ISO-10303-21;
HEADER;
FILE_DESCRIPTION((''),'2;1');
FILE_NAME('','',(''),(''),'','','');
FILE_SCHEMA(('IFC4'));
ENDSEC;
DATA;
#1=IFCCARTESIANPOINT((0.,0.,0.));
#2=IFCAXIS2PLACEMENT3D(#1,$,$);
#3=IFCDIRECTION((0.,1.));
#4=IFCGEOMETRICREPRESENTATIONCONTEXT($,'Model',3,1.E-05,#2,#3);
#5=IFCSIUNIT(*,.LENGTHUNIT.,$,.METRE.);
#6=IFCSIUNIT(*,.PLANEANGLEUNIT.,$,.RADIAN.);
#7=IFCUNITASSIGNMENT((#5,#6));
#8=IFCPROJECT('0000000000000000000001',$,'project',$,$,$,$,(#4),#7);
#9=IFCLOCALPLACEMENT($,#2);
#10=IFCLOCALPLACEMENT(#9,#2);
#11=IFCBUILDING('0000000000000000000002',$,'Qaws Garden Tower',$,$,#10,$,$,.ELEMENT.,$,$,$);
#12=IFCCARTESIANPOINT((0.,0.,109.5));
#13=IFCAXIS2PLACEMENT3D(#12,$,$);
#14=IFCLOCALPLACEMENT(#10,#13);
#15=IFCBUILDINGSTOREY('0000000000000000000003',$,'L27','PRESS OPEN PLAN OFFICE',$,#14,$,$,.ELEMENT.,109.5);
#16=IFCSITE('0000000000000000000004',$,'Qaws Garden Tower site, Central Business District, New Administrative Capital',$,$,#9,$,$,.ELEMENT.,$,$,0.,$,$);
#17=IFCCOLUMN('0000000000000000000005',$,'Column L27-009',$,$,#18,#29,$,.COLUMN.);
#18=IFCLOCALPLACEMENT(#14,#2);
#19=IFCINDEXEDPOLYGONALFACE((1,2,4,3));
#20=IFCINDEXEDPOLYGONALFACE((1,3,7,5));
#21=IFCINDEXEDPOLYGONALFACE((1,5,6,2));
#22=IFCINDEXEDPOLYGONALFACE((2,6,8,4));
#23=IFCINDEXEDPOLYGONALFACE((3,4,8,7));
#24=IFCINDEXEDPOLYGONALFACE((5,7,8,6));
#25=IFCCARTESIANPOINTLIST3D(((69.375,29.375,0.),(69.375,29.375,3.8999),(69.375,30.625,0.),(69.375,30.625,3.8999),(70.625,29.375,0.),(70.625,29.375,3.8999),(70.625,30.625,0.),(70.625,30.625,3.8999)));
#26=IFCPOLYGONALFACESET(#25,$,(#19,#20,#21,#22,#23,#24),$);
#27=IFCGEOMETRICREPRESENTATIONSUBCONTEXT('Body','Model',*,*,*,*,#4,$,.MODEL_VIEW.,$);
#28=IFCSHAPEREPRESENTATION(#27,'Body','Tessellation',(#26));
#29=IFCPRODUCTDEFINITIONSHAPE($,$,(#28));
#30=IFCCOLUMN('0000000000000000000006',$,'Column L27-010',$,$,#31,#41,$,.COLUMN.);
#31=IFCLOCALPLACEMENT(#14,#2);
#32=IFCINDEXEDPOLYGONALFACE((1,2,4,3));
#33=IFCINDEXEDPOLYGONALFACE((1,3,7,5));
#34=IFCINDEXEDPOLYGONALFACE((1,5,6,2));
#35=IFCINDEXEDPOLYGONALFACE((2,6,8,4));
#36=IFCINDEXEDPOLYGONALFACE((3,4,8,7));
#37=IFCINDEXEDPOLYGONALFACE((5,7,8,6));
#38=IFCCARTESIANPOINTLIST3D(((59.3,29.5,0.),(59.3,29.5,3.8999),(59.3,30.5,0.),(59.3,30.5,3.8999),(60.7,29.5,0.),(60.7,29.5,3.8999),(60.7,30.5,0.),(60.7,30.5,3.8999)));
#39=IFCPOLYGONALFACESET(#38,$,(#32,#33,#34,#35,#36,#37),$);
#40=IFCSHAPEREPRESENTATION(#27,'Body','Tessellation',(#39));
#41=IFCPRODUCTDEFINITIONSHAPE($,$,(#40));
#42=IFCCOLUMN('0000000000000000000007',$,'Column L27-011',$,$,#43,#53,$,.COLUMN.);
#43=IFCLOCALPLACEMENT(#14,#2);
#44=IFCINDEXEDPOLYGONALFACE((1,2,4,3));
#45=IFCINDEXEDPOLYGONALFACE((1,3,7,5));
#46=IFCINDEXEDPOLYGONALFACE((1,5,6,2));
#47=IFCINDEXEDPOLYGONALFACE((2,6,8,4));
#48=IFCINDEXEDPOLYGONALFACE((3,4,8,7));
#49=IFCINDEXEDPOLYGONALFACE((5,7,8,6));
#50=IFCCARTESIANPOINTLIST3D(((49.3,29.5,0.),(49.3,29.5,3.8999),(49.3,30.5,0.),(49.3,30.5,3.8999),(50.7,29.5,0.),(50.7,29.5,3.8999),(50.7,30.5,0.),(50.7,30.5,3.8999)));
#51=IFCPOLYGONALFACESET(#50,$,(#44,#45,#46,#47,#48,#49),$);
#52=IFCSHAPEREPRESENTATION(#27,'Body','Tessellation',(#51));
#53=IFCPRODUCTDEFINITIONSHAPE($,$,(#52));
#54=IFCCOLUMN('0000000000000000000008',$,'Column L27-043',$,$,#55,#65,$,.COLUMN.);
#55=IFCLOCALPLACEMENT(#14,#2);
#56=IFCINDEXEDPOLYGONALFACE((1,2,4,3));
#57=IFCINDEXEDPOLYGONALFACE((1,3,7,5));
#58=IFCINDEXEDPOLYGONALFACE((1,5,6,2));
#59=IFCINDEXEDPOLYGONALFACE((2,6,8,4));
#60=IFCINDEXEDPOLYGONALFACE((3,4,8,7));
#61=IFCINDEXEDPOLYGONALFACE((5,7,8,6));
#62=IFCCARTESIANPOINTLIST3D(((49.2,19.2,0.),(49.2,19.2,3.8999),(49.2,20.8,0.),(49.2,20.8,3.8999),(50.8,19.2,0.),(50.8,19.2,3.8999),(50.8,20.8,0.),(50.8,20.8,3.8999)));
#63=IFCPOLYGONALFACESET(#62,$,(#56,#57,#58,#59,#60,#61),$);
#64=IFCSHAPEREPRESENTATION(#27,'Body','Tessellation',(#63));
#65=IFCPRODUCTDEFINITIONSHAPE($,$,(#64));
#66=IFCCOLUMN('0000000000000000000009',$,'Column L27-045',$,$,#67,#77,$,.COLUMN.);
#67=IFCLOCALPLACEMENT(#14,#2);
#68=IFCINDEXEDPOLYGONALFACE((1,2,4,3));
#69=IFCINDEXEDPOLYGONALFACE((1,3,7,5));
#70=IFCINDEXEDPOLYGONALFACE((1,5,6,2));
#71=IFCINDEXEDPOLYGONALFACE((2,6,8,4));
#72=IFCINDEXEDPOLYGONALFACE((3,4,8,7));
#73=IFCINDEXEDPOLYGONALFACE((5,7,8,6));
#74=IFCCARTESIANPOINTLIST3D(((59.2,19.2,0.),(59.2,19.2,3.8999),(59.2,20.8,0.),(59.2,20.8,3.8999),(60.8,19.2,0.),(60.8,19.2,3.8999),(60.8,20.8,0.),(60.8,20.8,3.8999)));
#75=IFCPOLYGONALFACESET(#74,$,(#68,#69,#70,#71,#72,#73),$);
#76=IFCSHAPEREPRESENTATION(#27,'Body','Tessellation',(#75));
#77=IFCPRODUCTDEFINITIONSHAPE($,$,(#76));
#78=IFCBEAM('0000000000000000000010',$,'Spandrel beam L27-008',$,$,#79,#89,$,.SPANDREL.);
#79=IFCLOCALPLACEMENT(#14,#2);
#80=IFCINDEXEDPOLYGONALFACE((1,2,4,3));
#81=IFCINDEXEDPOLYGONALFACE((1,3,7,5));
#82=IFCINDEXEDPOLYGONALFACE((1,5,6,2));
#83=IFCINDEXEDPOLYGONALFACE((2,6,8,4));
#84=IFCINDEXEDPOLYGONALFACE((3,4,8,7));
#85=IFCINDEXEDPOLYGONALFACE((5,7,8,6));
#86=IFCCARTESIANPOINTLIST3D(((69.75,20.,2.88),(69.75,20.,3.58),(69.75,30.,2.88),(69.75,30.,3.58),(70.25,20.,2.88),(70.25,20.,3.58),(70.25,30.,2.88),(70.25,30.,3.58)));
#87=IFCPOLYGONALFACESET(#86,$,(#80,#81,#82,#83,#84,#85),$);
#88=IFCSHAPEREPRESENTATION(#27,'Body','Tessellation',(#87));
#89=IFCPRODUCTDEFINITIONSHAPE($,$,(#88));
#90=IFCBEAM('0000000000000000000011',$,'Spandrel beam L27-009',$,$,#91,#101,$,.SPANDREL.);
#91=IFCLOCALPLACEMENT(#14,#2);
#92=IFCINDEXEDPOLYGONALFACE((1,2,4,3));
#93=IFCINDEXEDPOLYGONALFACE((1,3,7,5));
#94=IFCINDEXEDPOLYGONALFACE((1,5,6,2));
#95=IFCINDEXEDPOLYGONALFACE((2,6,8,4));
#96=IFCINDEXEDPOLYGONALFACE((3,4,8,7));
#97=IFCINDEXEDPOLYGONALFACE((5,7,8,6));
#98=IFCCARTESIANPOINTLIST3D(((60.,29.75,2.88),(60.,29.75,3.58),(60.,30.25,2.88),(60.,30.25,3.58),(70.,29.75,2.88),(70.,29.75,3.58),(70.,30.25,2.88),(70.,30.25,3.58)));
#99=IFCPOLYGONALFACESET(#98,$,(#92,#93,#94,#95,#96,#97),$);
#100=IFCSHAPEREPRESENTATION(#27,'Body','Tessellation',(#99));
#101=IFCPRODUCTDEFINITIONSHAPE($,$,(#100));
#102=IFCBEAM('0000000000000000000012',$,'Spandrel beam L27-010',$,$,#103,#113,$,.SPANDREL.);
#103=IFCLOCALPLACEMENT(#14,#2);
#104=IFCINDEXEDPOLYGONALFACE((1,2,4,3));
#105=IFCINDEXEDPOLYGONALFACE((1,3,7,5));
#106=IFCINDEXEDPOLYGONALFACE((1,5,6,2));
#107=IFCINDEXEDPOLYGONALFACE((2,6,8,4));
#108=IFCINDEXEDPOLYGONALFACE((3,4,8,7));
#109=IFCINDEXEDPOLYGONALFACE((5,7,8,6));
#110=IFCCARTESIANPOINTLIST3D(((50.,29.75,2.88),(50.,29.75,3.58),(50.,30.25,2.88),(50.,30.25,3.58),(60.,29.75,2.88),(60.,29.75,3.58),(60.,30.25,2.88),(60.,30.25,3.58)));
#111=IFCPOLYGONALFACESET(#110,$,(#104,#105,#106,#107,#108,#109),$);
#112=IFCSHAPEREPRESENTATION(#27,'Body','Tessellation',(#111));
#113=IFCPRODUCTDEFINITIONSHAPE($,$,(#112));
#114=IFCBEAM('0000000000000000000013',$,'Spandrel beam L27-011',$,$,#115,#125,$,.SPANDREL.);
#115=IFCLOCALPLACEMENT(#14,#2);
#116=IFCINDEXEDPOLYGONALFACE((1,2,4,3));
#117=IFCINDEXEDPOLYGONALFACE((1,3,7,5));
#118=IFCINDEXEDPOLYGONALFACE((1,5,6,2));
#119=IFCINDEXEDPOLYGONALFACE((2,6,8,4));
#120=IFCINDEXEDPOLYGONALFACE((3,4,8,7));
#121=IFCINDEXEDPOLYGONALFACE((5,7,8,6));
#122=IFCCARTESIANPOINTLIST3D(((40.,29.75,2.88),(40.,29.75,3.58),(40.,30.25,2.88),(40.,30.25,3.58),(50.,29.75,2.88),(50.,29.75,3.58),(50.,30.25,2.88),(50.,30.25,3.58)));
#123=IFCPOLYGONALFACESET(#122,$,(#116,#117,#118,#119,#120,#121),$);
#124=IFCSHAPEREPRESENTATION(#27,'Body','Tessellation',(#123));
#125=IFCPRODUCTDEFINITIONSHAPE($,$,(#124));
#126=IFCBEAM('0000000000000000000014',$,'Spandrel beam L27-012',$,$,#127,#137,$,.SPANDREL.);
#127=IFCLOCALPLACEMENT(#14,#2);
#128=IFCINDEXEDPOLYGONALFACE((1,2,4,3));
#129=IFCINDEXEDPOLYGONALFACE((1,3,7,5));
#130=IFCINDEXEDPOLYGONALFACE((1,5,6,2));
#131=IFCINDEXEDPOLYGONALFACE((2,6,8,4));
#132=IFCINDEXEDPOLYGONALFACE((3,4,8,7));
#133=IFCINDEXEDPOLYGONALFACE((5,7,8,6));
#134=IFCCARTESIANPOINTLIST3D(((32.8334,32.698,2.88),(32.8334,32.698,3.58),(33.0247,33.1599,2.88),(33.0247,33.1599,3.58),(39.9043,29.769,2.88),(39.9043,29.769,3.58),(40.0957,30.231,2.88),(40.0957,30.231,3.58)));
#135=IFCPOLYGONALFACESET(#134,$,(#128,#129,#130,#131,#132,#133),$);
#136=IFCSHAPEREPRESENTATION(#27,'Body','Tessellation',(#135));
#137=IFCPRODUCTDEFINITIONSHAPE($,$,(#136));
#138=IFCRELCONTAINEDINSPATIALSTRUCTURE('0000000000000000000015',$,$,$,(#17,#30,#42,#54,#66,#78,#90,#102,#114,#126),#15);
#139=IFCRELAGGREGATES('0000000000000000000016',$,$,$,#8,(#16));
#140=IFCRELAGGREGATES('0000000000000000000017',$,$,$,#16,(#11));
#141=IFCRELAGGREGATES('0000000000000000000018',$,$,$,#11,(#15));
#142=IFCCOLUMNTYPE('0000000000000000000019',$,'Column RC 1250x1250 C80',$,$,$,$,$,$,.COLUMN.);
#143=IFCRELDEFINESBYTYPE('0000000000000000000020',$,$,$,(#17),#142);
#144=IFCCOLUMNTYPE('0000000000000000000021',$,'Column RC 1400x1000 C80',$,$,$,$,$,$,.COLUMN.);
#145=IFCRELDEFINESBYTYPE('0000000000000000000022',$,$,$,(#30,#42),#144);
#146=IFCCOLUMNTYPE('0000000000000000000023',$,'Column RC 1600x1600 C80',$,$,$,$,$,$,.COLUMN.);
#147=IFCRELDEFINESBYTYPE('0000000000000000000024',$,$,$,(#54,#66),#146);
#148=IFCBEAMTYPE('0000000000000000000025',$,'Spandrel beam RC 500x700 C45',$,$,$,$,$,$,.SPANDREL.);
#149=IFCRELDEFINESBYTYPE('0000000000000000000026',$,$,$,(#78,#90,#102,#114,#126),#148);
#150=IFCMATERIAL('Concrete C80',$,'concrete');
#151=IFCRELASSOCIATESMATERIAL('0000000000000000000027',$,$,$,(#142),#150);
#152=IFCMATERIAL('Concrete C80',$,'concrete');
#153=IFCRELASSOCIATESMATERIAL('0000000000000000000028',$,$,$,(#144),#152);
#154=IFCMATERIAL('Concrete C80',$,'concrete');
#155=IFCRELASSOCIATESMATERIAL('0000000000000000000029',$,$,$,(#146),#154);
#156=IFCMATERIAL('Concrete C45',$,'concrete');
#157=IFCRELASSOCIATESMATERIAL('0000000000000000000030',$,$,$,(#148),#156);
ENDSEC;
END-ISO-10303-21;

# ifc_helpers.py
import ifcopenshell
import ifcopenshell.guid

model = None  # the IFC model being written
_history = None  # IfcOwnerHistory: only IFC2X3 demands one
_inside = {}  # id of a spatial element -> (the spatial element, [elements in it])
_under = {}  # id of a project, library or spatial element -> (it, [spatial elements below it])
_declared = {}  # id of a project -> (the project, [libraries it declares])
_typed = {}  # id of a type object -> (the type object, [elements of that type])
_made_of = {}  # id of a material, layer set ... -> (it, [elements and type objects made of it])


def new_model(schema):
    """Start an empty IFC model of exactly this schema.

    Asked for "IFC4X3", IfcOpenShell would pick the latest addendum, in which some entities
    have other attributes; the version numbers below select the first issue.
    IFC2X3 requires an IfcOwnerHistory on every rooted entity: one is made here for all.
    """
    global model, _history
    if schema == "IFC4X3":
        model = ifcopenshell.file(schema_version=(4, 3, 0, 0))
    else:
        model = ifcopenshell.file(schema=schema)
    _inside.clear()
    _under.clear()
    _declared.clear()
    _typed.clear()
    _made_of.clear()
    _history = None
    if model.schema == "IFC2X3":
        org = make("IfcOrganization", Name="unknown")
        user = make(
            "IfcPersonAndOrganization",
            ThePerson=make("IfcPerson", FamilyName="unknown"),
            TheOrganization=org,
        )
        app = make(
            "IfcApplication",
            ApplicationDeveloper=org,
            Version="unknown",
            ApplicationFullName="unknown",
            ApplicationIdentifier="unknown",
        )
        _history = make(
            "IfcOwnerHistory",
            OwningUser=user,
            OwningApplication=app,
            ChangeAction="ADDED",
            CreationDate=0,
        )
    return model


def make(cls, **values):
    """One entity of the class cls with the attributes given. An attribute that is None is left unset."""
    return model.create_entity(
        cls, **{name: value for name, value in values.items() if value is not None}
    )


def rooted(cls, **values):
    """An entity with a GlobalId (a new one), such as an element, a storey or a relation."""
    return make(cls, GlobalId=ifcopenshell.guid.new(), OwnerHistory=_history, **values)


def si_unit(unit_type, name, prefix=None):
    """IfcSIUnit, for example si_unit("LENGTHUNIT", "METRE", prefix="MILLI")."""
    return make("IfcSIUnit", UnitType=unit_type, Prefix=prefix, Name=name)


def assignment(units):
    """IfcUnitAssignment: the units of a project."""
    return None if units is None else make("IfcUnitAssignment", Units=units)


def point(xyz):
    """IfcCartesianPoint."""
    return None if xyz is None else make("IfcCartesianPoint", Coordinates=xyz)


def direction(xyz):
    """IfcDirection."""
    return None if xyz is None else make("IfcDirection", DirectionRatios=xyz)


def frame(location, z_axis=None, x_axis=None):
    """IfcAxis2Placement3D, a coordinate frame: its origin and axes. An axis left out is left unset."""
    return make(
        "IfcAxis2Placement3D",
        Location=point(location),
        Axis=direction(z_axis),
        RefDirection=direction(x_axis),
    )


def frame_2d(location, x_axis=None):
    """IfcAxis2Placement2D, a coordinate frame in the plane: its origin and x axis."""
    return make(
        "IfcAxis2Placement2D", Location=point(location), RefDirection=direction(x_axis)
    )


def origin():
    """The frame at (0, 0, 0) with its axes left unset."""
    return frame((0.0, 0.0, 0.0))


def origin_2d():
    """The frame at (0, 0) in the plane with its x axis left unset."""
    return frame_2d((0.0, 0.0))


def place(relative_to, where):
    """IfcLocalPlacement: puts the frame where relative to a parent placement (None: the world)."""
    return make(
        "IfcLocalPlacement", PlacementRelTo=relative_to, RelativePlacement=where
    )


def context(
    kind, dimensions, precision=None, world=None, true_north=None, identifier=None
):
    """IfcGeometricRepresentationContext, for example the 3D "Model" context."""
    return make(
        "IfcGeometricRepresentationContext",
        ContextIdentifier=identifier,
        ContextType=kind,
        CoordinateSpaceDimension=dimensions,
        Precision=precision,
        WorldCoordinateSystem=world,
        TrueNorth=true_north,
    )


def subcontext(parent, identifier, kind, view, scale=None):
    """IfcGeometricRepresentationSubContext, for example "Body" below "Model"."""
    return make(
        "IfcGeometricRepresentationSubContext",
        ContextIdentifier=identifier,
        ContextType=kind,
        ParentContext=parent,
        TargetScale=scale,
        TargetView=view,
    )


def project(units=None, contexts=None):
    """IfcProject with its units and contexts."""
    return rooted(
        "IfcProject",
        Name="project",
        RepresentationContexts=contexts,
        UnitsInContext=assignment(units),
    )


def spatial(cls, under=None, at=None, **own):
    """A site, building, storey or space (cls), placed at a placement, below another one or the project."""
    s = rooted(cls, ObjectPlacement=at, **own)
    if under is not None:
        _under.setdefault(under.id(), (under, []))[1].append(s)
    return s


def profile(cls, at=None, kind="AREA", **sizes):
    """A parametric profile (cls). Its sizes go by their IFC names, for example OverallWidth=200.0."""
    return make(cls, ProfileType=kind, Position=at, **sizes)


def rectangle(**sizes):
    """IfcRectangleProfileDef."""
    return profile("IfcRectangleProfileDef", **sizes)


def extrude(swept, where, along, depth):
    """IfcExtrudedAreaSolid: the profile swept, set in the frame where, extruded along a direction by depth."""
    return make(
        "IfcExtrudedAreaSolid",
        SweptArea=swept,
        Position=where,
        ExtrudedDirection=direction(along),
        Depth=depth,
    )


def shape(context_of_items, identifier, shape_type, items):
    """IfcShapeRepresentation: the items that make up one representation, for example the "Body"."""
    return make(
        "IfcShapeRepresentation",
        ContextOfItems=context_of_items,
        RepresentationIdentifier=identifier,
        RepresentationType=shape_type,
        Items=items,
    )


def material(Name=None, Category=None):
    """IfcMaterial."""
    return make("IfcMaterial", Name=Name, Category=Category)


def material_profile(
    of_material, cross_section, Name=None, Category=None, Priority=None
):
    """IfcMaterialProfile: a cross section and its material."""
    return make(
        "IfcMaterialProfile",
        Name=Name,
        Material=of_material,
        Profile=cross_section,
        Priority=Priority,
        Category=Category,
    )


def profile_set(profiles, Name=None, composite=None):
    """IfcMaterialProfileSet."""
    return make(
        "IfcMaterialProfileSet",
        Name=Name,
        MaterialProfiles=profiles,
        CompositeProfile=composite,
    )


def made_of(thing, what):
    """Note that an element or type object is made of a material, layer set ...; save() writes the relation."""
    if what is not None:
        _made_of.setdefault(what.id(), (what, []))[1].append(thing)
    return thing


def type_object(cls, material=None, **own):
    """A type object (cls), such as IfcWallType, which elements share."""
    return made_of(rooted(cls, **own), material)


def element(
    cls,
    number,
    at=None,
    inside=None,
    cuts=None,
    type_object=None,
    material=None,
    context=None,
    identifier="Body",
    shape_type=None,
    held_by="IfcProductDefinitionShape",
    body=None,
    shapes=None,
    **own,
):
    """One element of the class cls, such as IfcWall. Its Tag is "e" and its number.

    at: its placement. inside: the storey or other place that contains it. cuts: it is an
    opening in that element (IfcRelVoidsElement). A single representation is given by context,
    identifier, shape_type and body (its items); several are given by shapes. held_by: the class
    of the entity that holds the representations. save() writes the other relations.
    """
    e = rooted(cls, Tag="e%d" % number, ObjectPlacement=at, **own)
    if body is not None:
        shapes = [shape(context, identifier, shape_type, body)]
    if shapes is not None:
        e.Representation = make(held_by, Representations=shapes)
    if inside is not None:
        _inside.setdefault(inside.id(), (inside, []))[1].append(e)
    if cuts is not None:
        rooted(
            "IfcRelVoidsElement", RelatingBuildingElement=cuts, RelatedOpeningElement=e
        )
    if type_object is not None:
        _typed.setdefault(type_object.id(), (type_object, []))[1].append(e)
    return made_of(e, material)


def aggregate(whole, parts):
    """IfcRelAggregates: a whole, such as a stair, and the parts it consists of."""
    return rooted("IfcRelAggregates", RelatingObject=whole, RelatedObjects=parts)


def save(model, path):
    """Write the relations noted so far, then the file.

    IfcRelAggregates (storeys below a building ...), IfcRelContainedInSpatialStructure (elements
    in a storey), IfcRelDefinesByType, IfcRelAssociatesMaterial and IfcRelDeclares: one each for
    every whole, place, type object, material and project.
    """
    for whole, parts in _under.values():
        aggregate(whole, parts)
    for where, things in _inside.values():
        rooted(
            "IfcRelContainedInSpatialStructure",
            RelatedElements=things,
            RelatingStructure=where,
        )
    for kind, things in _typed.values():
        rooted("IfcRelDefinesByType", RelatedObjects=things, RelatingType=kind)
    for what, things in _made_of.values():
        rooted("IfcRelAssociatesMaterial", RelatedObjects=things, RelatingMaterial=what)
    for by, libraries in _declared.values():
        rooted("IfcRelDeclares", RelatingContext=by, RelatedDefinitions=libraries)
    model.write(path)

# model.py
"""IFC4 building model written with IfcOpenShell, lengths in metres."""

from ifc_helpers import new_model, si_unit, direction, frame, origin, origin_2d, place, context, subcontext, project, spatial, rectangle, extrude, material, material_profile, profile_set, type_object, element, save


model = new_model("IFC4")

# Units and contexts
model_context = context("Model", 3, precision=1e-05, world=origin(), true_north=direction((0.0, 1.0)))
body_context = subcontext(model_context, "Body", "Model", "MODEL_VIEW")
ifc_project = project(units=[si_unit("LENGTHUNIT", "METRE"), si_unit("PLANEANGLEUNIT", "RADIAN")], contexts=[model_context])

# Site, building, storey
site_placement = place(None, origin())
site = spatial("IfcSite", under=ifc_project, at=site_placement, Name="Qaws Garden Tower site, Central Business District, New Administrative Capital", CompositionType="ELEMENT", RefElevation=0.0)
building_placement = place(site_placement, origin())
building = spatial("IfcBuilding", under=site, at=building_placement, Name="Qaws Garden Tower", CompositionType="ELEMENT")
storey_placement = place(building_placement, frame((0.0, 0.0, 109.5)))
storey = spatial("IfcBuildingStorey", under=building, at=storey_placement, Name="L27", Description="PRESS OPEN PLAN OFFICE", CompositionType="ELEMENT", Elevation=109.5)

# Columns
ifc_material_1 = material(Name="Concrete C80", Category="concrete")
ifc_material_profile_1 = material_profile(ifc_material_1, rectangle(XDim=1.25, YDim=1.25, at=origin_2d()), Name="RC 1250x1250")
ifc_profile_set_1 = profile_set([ifc_material_profile_1], Name="Concrete C80")
column_type_1 = type_object("IfcColumnType", Name="Column RC 1250x1250 C80", PredefinedType="COLUMN", material=ifc_profile_set_1)
column_placement = place(storey_placement, frame((70.0, 30.0, 0.0), z_axis=(0.0, 0.0, 1.0), x_axis=(1.0, 0.0, 0.0)))
element("IfcColumn", 1, at=column_placement, inside=storey, type_object=column_type_1, Name="Column L27-009", PredefinedType="COLUMN", context=body_context, shape_type="SweptSolid", body=[
    extrude(rectangle(XDim=1.25, YDim=1.25, at=origin_2d()), origin(), (0.0, 0.0, 1.0), 3.8999),
])
ifc_material_2 = material(Name="Concrete C80", Category="concrete")
ifc_material_profile_2 = material_profile(ifc_material_2, rectangle(XDim=1.3999, YDim=1.0, at=origin_2d()), Name="RC 1400x1000")
ifc_profile_set_2 = profile_set([ifc_material_profile_2], Name="Concrete C80")
column_type_2 = type_object("IfcColumnType", Name="Column RC 1400x1000 C80", PredefinedType="COLUMN", material=ifc_profile_set_2)
for number, where, z_axis, x_axis, name in (
    (2, (60.0, 30.0, 0.0), (0.0, 0.0, 1.0), (1.0, 0.0, 0.0), "Column L27-010"),
    (3, (50.0, 30.0, 0.0), (0.0, 0.0, 1.0), (1.0, 0.0, 0.0), "Column L27-011"),
):
    element("IfcColumn", number, at=place(storey_placement, frame(where, z_axis=z_axis, x_axis=x_axis)), inside=storey, type_object=column_type_2, Name=name, PredefinedType="COLUMN", context=body_context, shape_type="SweptSolid", body=[
        extrude(rectangle(XDim=1.3999, YDim=1.0, at=origin_2d()), origin(), (0.0, 0.0, 1.0), 3.8999),
    ])
ifc_material_3 = material(Name="Concrete C80", Category="concrete")
ifc_material_profile_3 = material_profile(ifc_material_3, rectangle(XDim=1.6001, YDim=1.6001, at=origin_2d()), Name="RC 1600x1600")
ifc_profile_set_3 = profile_set([ifc_material_profile_3], Name="Concrete C80")
column_type_3 = type_object("IfcColumnType", Name="Column RC 1600x1600 C80", PredefinedType="COLUMN", material=ifc_profile_set_3)
for number, where, z_axis, x_axis, name in (
    (4, (50.0, 20.0, 0.0), (0.0, 0.0, 1.0), (1.0, 0.0, 0.0), "Column L27-043"),
    (5, (60.0, 20.0, 0.0), (0.0, 0.0, 1.0), (1.0, 0.0, 0.0), "Column L27-045"),
):
    element("IfcColumn", number, at=place(storey_placement, frame(where, z_axis=z_axis, x_axis=x_axis)), inside=storey, type_object=column_type_3, Name=name, PredefinedType="COLUMN", context=body_context, shape_type="SweptSolid", body=[
        extrude(rectangle(XDim=1.6001, YDim=1.6001, at=origin_2d()), origin(), (0.0, 0.0, 1.0), 3.8999),
    ])

# Beams
ifc_material_4 = material(Name="Concrete C45", Category="concrete")
ifc_material_profile_4 = material_profile(ifc_material_4, rectangle(XDim=0.5, YDim=0.7, at=origin_2d()), Name="RC 500x700")
ifc_profile_set_4 = profile_set([ifc_material_profile_4], Name="Concrete C45")
beam_type = type_object("IfcBeamType", Name="Spandrel beam RC 500x700 C45", PredefinedType="SPANDREL", material=ifc_profile_set_4)
for number, where, z_axis, x_axis, name in (
    (6, (70.0, 20.0, 3.23), (0.0, 1.0, 0.0), (-1.0, 0.0, 0.0), "Spandrel beam L27-008"),
    (7, (70.0, 30.0, 3.23), (-1.0, 0.0, 0.0), (0.0, -1.0, 0.0), "Spandrel beam L27-009"),
    (8, (60.0, 30.0, 3.23), (-1.0, 0.0, 0.0), (0.0, -1.0, 0.0), "Spandrel beam L27-010"),
    (9, (50.0, 30.0, 3.23), (-1.0, 0.0, 0.0), (0.0, -1.0, 0.0), "Spandrel beam L27-011"),
):
    element("IfcBeam", number, at=place(storey_placement, frame(where, z_axis=z_axis, x_axis=x_axis)), inside=storey, type_object=beam_type, Name=name, PredefinedType="SPANDREL", context=body_context, shape_type="SweptSolid", body=[
        extrude(rectangle(XDim=0.5, YDim=0.7, at=origin_2d()), origin(), (0.0, 0.0, 1.0), 10.0),
    ])
beam_placement = place(storey_placement, frame((40.0, 30.0, 3.23), z_axis=(-0.923878, 0.382687, 0.0), x_axis=(-0.382687, -0.923878, 0.0)))
element("IfcBeam", 10, at=beam_placement, inside=storey, type_object=beam_type, Name="Spandrel beam L27-012", PredefinedType="SPANDREL", context=body_context, shape_type="SweptSolid", body=[
    extrude(rectangle(XDim=0.5, YDim=0.7, at=origin_2d()), origin(), (0.0, 0.0, 1.0), 7.6536),
])

save(model, "model.ifc")
